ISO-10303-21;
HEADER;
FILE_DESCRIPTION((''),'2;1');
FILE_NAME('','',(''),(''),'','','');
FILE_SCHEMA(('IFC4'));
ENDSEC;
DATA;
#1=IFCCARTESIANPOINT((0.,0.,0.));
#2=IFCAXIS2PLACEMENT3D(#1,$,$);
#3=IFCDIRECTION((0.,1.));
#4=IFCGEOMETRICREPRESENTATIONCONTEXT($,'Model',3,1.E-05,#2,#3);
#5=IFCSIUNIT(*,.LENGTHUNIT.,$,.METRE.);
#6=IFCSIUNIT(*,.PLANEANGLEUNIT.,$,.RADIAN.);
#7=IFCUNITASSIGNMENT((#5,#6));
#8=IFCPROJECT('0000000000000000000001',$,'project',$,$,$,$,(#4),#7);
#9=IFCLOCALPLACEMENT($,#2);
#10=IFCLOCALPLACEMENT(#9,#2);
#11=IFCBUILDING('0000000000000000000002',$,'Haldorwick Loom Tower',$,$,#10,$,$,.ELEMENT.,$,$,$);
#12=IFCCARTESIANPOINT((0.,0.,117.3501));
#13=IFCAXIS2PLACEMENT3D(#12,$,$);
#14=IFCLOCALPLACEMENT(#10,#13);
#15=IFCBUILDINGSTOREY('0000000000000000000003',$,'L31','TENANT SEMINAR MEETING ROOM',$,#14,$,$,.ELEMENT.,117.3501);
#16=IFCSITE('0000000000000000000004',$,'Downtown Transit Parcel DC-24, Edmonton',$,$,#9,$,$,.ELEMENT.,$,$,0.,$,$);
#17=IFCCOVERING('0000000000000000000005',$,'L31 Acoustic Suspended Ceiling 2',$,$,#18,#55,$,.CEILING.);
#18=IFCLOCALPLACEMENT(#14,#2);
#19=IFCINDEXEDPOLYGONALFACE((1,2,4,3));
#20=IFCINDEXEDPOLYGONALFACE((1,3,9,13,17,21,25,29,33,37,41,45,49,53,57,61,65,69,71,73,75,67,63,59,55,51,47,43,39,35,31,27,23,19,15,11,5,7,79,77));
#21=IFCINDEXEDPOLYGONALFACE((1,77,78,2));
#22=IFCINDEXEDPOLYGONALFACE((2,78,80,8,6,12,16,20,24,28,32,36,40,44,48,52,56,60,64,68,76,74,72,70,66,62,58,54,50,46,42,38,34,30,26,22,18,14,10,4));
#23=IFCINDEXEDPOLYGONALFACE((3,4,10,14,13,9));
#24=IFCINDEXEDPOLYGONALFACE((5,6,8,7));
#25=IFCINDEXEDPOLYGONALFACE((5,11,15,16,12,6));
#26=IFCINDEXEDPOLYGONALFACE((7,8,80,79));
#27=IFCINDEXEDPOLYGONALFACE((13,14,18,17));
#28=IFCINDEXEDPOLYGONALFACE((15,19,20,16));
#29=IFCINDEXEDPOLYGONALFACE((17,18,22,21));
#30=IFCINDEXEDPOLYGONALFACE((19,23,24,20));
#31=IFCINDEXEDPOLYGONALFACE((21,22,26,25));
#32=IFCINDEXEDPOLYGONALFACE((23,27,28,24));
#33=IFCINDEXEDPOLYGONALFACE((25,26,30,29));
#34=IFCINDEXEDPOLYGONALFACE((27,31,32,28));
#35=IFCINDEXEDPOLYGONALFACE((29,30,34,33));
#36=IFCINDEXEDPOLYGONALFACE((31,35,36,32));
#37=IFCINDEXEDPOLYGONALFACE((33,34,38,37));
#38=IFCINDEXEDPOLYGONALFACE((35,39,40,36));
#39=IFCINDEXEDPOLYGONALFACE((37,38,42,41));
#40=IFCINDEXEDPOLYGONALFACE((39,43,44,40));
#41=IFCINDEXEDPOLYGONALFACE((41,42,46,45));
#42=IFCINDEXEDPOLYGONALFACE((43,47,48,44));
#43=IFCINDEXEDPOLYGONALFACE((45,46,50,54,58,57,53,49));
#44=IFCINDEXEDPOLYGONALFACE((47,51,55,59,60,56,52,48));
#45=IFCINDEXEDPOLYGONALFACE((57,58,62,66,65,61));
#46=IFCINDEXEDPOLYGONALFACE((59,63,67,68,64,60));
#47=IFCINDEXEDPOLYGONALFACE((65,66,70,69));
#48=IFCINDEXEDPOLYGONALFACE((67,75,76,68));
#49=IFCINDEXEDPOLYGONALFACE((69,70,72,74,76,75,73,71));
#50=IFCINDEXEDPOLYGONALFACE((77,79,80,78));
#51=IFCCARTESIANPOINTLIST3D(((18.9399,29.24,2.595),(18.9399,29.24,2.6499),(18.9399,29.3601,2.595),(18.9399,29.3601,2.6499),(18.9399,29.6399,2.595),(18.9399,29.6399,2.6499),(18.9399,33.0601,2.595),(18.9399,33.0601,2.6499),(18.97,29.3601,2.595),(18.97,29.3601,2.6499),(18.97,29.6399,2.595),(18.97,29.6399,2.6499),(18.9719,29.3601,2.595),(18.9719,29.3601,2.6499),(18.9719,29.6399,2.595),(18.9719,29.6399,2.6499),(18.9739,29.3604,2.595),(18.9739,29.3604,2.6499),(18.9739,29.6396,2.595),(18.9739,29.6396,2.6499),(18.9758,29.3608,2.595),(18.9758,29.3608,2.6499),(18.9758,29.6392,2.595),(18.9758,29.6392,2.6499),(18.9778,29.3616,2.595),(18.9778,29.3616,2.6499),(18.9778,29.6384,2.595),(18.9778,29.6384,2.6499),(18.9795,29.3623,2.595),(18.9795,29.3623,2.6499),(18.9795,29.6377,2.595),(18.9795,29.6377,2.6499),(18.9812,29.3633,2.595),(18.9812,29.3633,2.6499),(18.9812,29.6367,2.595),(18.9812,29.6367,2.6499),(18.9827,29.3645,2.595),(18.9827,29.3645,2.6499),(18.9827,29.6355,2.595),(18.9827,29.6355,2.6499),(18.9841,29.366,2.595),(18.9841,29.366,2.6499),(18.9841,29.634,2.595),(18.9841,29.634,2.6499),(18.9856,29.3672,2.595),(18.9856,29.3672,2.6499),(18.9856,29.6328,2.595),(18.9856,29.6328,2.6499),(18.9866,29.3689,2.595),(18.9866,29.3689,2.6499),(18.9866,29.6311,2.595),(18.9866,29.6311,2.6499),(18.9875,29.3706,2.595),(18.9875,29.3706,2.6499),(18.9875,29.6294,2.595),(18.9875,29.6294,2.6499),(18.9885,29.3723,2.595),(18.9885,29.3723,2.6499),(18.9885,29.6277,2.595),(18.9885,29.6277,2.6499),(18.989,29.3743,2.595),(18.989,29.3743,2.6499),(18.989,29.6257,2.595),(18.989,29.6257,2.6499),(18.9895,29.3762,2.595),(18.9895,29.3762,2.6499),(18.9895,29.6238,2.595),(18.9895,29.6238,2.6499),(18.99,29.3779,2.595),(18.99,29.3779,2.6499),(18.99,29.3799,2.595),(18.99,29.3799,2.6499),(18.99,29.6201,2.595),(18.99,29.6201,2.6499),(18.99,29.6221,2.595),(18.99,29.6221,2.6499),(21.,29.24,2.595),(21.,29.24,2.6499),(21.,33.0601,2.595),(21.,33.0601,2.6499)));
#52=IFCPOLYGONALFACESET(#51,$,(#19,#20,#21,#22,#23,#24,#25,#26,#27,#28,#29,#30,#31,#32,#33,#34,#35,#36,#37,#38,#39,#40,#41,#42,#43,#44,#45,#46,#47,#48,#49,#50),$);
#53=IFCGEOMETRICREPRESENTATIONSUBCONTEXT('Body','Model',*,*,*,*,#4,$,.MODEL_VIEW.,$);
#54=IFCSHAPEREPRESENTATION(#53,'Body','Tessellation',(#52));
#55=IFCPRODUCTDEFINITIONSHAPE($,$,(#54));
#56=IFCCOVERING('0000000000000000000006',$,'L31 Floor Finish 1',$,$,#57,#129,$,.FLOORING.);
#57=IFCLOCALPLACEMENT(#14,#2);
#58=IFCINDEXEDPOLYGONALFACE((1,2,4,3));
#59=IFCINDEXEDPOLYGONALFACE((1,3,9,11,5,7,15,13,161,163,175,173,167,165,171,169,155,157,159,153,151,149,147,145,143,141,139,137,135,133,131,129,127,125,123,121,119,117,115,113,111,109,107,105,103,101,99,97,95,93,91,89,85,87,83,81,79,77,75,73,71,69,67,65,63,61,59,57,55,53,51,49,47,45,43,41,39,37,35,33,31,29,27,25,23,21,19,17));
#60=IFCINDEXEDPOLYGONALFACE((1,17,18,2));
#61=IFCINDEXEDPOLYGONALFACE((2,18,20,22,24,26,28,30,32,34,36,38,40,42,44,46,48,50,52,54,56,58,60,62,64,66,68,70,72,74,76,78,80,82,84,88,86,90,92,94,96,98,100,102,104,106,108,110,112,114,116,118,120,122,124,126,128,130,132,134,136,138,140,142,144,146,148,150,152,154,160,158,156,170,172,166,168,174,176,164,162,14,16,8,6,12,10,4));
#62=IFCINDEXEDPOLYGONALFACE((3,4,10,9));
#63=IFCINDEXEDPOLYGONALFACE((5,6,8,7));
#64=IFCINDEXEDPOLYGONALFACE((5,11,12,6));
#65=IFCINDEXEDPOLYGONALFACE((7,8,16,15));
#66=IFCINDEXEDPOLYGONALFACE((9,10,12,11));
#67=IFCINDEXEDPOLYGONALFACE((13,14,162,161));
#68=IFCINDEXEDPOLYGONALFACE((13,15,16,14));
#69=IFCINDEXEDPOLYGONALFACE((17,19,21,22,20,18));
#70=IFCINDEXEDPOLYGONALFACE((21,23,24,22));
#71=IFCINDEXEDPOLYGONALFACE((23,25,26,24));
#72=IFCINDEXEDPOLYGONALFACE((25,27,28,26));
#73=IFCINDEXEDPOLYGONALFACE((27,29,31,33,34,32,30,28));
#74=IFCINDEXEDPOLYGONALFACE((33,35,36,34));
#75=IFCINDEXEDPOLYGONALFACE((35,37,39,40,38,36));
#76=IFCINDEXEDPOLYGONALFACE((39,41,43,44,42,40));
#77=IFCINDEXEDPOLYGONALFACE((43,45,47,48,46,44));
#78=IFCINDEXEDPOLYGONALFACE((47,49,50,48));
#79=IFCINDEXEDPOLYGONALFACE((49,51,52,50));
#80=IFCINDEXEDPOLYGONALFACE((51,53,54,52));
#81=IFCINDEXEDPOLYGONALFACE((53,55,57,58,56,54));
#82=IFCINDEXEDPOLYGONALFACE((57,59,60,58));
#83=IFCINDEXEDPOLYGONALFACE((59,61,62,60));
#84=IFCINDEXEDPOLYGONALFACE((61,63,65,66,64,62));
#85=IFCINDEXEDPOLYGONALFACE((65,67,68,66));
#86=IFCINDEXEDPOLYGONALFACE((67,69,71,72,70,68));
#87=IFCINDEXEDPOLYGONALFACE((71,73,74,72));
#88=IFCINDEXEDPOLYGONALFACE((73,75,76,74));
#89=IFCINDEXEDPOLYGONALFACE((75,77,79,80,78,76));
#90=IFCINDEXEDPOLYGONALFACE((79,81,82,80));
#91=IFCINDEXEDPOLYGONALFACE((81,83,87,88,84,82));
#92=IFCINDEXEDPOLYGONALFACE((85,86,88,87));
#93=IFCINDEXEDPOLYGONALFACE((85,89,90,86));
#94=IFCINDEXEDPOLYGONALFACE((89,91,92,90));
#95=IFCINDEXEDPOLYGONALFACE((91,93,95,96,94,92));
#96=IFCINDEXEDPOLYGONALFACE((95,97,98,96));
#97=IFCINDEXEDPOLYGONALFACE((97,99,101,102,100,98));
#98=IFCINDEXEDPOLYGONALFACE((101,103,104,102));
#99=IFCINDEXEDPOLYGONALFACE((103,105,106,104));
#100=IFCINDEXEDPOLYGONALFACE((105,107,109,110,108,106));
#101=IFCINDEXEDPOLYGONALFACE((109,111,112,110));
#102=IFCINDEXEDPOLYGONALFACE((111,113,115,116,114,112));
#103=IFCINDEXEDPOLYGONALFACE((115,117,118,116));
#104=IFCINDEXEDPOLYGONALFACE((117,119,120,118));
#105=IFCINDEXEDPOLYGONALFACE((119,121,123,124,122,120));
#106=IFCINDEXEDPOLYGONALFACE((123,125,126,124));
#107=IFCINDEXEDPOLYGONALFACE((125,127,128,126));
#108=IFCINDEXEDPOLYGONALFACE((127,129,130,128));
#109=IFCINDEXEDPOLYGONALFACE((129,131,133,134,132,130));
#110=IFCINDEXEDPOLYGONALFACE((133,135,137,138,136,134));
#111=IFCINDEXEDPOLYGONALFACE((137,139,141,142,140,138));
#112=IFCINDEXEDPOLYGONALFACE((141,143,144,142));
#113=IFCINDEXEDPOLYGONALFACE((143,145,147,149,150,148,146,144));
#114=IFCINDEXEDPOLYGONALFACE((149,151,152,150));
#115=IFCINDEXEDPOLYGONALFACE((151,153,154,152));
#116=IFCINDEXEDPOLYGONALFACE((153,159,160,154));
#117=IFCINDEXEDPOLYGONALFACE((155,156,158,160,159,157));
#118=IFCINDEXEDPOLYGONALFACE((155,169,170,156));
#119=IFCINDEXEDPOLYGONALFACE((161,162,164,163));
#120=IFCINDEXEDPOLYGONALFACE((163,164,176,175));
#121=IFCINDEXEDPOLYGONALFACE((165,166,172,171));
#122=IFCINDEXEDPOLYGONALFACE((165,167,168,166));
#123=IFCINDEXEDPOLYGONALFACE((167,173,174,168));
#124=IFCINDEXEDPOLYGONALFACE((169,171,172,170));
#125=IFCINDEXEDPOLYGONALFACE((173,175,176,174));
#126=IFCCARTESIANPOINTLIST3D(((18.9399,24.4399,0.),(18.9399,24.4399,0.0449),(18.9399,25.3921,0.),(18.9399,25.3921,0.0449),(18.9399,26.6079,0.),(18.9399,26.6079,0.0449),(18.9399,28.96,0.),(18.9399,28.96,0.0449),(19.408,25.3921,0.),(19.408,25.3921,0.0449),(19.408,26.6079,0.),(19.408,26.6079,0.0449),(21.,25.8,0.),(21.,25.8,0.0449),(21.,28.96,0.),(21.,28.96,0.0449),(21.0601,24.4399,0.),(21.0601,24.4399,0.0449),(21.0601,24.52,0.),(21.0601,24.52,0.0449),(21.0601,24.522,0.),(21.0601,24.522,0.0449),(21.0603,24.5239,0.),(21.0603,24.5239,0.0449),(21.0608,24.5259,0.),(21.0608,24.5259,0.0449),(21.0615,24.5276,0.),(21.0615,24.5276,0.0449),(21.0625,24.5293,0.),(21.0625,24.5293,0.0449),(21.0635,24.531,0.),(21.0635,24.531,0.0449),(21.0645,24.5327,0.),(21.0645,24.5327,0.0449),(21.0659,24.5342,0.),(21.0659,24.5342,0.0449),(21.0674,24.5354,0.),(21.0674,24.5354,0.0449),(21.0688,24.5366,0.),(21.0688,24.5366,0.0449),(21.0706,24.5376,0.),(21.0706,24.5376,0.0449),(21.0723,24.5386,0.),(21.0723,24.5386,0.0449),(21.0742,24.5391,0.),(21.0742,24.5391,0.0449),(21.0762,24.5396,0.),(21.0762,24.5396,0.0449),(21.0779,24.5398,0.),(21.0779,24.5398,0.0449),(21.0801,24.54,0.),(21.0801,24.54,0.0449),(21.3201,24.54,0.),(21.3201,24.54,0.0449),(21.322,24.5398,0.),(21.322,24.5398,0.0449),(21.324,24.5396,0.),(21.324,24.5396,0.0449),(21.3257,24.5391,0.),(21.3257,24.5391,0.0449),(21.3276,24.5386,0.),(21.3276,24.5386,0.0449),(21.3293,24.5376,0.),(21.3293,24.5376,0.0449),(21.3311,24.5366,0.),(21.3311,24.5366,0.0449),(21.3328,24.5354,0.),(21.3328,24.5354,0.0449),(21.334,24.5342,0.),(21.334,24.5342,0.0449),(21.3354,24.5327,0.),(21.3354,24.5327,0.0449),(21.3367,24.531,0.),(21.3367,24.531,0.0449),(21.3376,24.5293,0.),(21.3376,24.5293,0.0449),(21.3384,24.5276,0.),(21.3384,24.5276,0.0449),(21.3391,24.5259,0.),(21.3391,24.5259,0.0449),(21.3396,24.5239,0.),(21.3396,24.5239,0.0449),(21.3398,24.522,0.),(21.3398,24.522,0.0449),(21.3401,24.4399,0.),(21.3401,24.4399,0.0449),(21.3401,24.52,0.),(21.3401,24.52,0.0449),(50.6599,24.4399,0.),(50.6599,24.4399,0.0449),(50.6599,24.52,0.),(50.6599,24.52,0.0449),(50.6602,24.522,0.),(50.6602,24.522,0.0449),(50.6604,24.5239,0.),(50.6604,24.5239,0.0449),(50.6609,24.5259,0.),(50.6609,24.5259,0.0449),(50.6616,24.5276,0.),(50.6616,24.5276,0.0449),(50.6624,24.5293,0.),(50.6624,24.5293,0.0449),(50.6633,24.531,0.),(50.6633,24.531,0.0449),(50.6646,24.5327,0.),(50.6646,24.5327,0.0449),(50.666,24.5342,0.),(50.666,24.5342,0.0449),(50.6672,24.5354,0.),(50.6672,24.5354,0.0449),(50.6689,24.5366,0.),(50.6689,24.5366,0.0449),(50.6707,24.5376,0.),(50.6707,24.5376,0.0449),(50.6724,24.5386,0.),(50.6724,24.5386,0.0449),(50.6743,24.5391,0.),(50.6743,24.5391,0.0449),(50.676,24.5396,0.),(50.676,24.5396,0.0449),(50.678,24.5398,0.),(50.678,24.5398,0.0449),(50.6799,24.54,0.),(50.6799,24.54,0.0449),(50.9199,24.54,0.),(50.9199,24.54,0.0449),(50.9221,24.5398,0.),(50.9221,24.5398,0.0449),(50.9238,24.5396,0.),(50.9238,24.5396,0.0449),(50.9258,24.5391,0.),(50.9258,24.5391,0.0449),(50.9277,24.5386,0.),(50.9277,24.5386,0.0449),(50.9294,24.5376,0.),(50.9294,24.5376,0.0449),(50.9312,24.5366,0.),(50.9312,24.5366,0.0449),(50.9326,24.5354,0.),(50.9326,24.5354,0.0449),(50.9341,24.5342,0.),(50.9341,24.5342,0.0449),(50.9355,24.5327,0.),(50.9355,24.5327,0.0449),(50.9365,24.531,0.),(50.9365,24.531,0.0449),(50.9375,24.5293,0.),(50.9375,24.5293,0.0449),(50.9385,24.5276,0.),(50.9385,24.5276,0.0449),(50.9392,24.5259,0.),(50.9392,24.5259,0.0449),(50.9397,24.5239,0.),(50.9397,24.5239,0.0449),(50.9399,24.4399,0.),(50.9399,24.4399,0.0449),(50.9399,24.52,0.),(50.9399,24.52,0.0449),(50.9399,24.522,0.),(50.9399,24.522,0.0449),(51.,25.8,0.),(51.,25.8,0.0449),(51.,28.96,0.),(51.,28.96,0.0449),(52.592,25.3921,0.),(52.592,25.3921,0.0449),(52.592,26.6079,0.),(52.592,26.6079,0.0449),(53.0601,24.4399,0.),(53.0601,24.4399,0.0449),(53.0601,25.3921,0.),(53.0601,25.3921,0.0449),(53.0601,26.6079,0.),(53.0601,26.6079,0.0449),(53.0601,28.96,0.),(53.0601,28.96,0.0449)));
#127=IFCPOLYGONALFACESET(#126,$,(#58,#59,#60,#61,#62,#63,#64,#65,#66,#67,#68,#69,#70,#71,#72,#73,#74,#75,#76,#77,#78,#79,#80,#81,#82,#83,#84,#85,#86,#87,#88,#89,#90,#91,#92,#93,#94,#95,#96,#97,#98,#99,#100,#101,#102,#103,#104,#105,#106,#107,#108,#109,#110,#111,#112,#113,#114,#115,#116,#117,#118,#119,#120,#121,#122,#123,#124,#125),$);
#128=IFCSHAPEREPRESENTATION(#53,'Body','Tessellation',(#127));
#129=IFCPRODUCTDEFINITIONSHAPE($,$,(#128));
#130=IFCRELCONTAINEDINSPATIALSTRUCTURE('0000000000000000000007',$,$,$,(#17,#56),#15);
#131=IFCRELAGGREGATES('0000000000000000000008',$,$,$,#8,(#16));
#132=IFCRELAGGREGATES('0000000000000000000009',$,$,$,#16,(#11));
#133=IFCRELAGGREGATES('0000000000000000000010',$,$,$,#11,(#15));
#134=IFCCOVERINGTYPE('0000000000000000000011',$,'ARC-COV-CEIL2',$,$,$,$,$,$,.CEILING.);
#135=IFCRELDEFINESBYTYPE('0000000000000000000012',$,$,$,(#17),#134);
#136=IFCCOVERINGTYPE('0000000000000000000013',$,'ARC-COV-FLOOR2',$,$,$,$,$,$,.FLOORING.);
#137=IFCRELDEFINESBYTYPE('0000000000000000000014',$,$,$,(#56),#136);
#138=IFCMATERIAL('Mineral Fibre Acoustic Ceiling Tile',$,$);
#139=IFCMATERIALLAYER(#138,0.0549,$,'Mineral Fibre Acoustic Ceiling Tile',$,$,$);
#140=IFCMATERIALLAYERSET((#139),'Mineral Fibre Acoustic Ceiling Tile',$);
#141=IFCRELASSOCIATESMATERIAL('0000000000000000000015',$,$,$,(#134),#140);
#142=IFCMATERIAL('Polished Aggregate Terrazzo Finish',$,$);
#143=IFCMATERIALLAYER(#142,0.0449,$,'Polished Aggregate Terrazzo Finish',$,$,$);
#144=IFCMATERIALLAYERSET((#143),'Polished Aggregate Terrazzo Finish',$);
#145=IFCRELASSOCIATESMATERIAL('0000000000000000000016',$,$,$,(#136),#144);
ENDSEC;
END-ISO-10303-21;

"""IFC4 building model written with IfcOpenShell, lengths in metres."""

from ifc_helpers import new_model, si_unit, direction, frame, origin, place, context, subcontext, project, spatial, polyline, outline, extrude, material, layer, layer_set, type_object, element, save


model = new_model("IFC4")

# Units and contexts
model_context = context("Model", 3, precision=1e-05, world=origin(), true_north=direction((0.0, 1.0)))
body_context = subcontext(model_context, "Body", "Model", "MODEL_VIEW")
ifc_project = project(units=[si_unit("LENGTHUNIT", "METRE"), si_unit("PLANEANGLEUNIT", "RADIAN")], contexts=[model_context])

# Site, building, storey
site_placement = place(None, origin())
site = spatial("IfcSite", under=ifc_project, at=site_placement, Name="Downtown Transit Parcel DC-24, Edmonton", CompositionType="ELEMENT", RefElevation=0.0)
building_placement = place(site_placement, origin())
building = spatial("IfcBuilding", under=site, at=building_placement, Name="Haldorwick Loom Tower", CompositionType="ELEMENT")
storey_placement = place(building_placement, frame((0.0, 0.0, 117.3501)))
storey = spatial("IfcBuildingStorey", under=building, at=storey_placement, Name="L31", Description="TENANT SEMINAR MEETING ROOM", CompositionType="ELEMENT", Elevation=117.3501)

# Coverings
ifc_material_1 = material(Name="Mineral Fibre Acoustic Ceiling Tile")
ifc_layer_1 = layer(ifc_material_1, 0.0549, Name="Mineral Fibre Acoustic Ceiling Tile")
ifc_layer_set_1 = layer_set([ifc_layer_1], Name="Mineral Fibre Acoustic Ceiling Tile")
covering_type_1 = type_object("IfcCoveringType", Name="ARC-COV-CEIL2", PredefinedType="CEILING", material=ifc_layer_set_1)
covering_1_placement = place(storey_placement, frame((0.0, 0.0, 2.595)))
element("IfcCovering", 1, at=covering_1_placement, inside=storey, type_object=covering_type_1, Name="L31 Acoustic Suspended Ceiling 2", PredefinedType="CEILING", context=body_context, shape_type="SweptSolid", body=[
    extrude(outline(polyline([(18.97, 29.6399), (18.9719, 29.6399), (18.9739, 29.6396), (18.9758, 29.6392), (18.9778, 29.6384), (18.9795, 29.6377), (18.9812, 29.6367), (18.9827, 29.6355), (18.9841, 29.634), (18.9856, 29.6328), (18.9866, 29.6311), (18.9875, 29.6294), (18.9885, 29.6277), (18.989, 29.6257), (18.9895, 29.6238), (18.99, 29.6221), (18.99, 29.6201), (18.99, 29.3799), (18.99, 29.3779), (18.9895, 29.3762), (18.989, 29.3743), (18.9885, 29.3723), (18.9875, 29.3706), (18.9866, 29.3689), (18.9856, 29.3672), (18.9841, 29.366), (18.9827, 29.3645), (18.9812, 29.3633), (18.9795, 29.3623), (18.9778, 29.3616), (18.9758, 29.3608), (18.9739, 29.3604), (18.9719, 29.3601), (18.97, 29.3601), (18.9399, 29.3601), (18.9399, 29.24), (21.0, 29.24), (21.0, 33.0601), (18.9399, 33.0601), (18.9399, 29.6399), (18.97, 29.6399)])), origin(), (0.0, 0.0, 1.0), 0.0549),
])
ifc_material_2 = material(Name="Polished Aggregate Terrazzo Finish")
ifc_layer_2 = layer(ifc_material_2, 0.0449, Name="Polished Aggregate Terrazzo Finish")
ifc_layer_set_2 = layer_set([ifc_layer_2], Name="Polished Aggregate Terrazzo Finish")
covering_type_2 = type_object("IfcCoveringType", Name="ARC-COV-FLOOR2", PredefinedType="FLOORING", material=ifc_layer_set_2)
covering_2_placement = place(storey_placement, origin())
element("IfcCovering", 2, at=covering_2_placement, inside=storey, type_object=covering_type_2, Name="L31 Floor Finish 1", PredefinedType="FLOORING", context=body_context, shape_type="SweptSolid", body=[
    extrude(outline(polyline([(21.3201, 24.54), (21.322, 24.5398), (21.324, 24.5396), (21.3257, 24.5391), (21.3276, 24.5386), (21.3293, 24.5376), (21.3311, 24.5366), (21.3328, 24.5354), (21.334, 24.5342), (21.3354, 24.5327), (21.3367, 24.531), (21.3376, 24.5293), (21.3384, 24.5276), (21.3391, 24.5259), (21.3396, 24.5239), (21.3398, 24.522), (21.3401, 24.52), (21.3401, 24.4399), (50.6599, 24.4399), (50.6599, 24.52), (50.6602, 24.522), (50.6604, 24.5239), (50.6609, 24.5259), (50.6616, 24.5276), (50.6624, 24.5293), (50.6633, 24.531), (50.6646, 24.5327), (50.666, 24.5342), (50.6672, 24.5354), (50.6689, 24.5366), (50.6707, 24.5376), (50.6724, 24.5386), (50.6743, 24.5391), (50.676, 24.5396), (50.678, 24.5398), (50.6799, 24.54), (50.9199, 24.54), (50.9221, 24.5398), (50.9238, 24.5396), (50.9258, 24.5391), (50.9277, 24.5386), (50.9294, 24.5376), (50.9312, 24.5366), (50.9326, 24.5354), (50.9341, 24.5342), (50.9355, 24.5327), (50.9365, 24.531), (50.9375, 24.5293), (50.9385, 24.5276), (50.9392, 24.5259), (50.9397, 24.5239), (50.9399, 24.522), (50.9399, 24.52), (50.9399, 24.4399), (53.0601, 24.4399), (53.0601, 25.3921), (52.592, 25.3921), (52.592, 26.6079), (53.0601, 26.6079), (53.0601, 28.96), (51.0, 28.96), (51.0, 25.8), (21.0, 25.8), (21.0, 28.96), (18.9399, 28.96), (18.9399, 26.6079), (19.408, 26.6079), (19.408, 25.3921), (18.9399, 25.3921), (18.9399, 24.4399), (21.0601, 24.4399), (21.0601, 24.52), (21.0601, 24.522), (21.0603, 24.5239), (21.0608, 24.5259), (21.0615, 24.5276), (21.0625, 24.5293), (21.0635, 24.531), (21.0645, 24.5327), (21.0659, 24.5342), (21.0674, 24.5354), (21.0688, 24.5366), (21.0706, 24.5376), (21.0723, 24.5386), (21.0742, 24.5391), (21.0762, 24.5396), (21.0779, 24.5398), (21.0801, 24.54), (21.3201, 24.54)])), origin(), (0.0, 0.0, 1.0), 0.0449),
])

save(model, "model.ifc")
